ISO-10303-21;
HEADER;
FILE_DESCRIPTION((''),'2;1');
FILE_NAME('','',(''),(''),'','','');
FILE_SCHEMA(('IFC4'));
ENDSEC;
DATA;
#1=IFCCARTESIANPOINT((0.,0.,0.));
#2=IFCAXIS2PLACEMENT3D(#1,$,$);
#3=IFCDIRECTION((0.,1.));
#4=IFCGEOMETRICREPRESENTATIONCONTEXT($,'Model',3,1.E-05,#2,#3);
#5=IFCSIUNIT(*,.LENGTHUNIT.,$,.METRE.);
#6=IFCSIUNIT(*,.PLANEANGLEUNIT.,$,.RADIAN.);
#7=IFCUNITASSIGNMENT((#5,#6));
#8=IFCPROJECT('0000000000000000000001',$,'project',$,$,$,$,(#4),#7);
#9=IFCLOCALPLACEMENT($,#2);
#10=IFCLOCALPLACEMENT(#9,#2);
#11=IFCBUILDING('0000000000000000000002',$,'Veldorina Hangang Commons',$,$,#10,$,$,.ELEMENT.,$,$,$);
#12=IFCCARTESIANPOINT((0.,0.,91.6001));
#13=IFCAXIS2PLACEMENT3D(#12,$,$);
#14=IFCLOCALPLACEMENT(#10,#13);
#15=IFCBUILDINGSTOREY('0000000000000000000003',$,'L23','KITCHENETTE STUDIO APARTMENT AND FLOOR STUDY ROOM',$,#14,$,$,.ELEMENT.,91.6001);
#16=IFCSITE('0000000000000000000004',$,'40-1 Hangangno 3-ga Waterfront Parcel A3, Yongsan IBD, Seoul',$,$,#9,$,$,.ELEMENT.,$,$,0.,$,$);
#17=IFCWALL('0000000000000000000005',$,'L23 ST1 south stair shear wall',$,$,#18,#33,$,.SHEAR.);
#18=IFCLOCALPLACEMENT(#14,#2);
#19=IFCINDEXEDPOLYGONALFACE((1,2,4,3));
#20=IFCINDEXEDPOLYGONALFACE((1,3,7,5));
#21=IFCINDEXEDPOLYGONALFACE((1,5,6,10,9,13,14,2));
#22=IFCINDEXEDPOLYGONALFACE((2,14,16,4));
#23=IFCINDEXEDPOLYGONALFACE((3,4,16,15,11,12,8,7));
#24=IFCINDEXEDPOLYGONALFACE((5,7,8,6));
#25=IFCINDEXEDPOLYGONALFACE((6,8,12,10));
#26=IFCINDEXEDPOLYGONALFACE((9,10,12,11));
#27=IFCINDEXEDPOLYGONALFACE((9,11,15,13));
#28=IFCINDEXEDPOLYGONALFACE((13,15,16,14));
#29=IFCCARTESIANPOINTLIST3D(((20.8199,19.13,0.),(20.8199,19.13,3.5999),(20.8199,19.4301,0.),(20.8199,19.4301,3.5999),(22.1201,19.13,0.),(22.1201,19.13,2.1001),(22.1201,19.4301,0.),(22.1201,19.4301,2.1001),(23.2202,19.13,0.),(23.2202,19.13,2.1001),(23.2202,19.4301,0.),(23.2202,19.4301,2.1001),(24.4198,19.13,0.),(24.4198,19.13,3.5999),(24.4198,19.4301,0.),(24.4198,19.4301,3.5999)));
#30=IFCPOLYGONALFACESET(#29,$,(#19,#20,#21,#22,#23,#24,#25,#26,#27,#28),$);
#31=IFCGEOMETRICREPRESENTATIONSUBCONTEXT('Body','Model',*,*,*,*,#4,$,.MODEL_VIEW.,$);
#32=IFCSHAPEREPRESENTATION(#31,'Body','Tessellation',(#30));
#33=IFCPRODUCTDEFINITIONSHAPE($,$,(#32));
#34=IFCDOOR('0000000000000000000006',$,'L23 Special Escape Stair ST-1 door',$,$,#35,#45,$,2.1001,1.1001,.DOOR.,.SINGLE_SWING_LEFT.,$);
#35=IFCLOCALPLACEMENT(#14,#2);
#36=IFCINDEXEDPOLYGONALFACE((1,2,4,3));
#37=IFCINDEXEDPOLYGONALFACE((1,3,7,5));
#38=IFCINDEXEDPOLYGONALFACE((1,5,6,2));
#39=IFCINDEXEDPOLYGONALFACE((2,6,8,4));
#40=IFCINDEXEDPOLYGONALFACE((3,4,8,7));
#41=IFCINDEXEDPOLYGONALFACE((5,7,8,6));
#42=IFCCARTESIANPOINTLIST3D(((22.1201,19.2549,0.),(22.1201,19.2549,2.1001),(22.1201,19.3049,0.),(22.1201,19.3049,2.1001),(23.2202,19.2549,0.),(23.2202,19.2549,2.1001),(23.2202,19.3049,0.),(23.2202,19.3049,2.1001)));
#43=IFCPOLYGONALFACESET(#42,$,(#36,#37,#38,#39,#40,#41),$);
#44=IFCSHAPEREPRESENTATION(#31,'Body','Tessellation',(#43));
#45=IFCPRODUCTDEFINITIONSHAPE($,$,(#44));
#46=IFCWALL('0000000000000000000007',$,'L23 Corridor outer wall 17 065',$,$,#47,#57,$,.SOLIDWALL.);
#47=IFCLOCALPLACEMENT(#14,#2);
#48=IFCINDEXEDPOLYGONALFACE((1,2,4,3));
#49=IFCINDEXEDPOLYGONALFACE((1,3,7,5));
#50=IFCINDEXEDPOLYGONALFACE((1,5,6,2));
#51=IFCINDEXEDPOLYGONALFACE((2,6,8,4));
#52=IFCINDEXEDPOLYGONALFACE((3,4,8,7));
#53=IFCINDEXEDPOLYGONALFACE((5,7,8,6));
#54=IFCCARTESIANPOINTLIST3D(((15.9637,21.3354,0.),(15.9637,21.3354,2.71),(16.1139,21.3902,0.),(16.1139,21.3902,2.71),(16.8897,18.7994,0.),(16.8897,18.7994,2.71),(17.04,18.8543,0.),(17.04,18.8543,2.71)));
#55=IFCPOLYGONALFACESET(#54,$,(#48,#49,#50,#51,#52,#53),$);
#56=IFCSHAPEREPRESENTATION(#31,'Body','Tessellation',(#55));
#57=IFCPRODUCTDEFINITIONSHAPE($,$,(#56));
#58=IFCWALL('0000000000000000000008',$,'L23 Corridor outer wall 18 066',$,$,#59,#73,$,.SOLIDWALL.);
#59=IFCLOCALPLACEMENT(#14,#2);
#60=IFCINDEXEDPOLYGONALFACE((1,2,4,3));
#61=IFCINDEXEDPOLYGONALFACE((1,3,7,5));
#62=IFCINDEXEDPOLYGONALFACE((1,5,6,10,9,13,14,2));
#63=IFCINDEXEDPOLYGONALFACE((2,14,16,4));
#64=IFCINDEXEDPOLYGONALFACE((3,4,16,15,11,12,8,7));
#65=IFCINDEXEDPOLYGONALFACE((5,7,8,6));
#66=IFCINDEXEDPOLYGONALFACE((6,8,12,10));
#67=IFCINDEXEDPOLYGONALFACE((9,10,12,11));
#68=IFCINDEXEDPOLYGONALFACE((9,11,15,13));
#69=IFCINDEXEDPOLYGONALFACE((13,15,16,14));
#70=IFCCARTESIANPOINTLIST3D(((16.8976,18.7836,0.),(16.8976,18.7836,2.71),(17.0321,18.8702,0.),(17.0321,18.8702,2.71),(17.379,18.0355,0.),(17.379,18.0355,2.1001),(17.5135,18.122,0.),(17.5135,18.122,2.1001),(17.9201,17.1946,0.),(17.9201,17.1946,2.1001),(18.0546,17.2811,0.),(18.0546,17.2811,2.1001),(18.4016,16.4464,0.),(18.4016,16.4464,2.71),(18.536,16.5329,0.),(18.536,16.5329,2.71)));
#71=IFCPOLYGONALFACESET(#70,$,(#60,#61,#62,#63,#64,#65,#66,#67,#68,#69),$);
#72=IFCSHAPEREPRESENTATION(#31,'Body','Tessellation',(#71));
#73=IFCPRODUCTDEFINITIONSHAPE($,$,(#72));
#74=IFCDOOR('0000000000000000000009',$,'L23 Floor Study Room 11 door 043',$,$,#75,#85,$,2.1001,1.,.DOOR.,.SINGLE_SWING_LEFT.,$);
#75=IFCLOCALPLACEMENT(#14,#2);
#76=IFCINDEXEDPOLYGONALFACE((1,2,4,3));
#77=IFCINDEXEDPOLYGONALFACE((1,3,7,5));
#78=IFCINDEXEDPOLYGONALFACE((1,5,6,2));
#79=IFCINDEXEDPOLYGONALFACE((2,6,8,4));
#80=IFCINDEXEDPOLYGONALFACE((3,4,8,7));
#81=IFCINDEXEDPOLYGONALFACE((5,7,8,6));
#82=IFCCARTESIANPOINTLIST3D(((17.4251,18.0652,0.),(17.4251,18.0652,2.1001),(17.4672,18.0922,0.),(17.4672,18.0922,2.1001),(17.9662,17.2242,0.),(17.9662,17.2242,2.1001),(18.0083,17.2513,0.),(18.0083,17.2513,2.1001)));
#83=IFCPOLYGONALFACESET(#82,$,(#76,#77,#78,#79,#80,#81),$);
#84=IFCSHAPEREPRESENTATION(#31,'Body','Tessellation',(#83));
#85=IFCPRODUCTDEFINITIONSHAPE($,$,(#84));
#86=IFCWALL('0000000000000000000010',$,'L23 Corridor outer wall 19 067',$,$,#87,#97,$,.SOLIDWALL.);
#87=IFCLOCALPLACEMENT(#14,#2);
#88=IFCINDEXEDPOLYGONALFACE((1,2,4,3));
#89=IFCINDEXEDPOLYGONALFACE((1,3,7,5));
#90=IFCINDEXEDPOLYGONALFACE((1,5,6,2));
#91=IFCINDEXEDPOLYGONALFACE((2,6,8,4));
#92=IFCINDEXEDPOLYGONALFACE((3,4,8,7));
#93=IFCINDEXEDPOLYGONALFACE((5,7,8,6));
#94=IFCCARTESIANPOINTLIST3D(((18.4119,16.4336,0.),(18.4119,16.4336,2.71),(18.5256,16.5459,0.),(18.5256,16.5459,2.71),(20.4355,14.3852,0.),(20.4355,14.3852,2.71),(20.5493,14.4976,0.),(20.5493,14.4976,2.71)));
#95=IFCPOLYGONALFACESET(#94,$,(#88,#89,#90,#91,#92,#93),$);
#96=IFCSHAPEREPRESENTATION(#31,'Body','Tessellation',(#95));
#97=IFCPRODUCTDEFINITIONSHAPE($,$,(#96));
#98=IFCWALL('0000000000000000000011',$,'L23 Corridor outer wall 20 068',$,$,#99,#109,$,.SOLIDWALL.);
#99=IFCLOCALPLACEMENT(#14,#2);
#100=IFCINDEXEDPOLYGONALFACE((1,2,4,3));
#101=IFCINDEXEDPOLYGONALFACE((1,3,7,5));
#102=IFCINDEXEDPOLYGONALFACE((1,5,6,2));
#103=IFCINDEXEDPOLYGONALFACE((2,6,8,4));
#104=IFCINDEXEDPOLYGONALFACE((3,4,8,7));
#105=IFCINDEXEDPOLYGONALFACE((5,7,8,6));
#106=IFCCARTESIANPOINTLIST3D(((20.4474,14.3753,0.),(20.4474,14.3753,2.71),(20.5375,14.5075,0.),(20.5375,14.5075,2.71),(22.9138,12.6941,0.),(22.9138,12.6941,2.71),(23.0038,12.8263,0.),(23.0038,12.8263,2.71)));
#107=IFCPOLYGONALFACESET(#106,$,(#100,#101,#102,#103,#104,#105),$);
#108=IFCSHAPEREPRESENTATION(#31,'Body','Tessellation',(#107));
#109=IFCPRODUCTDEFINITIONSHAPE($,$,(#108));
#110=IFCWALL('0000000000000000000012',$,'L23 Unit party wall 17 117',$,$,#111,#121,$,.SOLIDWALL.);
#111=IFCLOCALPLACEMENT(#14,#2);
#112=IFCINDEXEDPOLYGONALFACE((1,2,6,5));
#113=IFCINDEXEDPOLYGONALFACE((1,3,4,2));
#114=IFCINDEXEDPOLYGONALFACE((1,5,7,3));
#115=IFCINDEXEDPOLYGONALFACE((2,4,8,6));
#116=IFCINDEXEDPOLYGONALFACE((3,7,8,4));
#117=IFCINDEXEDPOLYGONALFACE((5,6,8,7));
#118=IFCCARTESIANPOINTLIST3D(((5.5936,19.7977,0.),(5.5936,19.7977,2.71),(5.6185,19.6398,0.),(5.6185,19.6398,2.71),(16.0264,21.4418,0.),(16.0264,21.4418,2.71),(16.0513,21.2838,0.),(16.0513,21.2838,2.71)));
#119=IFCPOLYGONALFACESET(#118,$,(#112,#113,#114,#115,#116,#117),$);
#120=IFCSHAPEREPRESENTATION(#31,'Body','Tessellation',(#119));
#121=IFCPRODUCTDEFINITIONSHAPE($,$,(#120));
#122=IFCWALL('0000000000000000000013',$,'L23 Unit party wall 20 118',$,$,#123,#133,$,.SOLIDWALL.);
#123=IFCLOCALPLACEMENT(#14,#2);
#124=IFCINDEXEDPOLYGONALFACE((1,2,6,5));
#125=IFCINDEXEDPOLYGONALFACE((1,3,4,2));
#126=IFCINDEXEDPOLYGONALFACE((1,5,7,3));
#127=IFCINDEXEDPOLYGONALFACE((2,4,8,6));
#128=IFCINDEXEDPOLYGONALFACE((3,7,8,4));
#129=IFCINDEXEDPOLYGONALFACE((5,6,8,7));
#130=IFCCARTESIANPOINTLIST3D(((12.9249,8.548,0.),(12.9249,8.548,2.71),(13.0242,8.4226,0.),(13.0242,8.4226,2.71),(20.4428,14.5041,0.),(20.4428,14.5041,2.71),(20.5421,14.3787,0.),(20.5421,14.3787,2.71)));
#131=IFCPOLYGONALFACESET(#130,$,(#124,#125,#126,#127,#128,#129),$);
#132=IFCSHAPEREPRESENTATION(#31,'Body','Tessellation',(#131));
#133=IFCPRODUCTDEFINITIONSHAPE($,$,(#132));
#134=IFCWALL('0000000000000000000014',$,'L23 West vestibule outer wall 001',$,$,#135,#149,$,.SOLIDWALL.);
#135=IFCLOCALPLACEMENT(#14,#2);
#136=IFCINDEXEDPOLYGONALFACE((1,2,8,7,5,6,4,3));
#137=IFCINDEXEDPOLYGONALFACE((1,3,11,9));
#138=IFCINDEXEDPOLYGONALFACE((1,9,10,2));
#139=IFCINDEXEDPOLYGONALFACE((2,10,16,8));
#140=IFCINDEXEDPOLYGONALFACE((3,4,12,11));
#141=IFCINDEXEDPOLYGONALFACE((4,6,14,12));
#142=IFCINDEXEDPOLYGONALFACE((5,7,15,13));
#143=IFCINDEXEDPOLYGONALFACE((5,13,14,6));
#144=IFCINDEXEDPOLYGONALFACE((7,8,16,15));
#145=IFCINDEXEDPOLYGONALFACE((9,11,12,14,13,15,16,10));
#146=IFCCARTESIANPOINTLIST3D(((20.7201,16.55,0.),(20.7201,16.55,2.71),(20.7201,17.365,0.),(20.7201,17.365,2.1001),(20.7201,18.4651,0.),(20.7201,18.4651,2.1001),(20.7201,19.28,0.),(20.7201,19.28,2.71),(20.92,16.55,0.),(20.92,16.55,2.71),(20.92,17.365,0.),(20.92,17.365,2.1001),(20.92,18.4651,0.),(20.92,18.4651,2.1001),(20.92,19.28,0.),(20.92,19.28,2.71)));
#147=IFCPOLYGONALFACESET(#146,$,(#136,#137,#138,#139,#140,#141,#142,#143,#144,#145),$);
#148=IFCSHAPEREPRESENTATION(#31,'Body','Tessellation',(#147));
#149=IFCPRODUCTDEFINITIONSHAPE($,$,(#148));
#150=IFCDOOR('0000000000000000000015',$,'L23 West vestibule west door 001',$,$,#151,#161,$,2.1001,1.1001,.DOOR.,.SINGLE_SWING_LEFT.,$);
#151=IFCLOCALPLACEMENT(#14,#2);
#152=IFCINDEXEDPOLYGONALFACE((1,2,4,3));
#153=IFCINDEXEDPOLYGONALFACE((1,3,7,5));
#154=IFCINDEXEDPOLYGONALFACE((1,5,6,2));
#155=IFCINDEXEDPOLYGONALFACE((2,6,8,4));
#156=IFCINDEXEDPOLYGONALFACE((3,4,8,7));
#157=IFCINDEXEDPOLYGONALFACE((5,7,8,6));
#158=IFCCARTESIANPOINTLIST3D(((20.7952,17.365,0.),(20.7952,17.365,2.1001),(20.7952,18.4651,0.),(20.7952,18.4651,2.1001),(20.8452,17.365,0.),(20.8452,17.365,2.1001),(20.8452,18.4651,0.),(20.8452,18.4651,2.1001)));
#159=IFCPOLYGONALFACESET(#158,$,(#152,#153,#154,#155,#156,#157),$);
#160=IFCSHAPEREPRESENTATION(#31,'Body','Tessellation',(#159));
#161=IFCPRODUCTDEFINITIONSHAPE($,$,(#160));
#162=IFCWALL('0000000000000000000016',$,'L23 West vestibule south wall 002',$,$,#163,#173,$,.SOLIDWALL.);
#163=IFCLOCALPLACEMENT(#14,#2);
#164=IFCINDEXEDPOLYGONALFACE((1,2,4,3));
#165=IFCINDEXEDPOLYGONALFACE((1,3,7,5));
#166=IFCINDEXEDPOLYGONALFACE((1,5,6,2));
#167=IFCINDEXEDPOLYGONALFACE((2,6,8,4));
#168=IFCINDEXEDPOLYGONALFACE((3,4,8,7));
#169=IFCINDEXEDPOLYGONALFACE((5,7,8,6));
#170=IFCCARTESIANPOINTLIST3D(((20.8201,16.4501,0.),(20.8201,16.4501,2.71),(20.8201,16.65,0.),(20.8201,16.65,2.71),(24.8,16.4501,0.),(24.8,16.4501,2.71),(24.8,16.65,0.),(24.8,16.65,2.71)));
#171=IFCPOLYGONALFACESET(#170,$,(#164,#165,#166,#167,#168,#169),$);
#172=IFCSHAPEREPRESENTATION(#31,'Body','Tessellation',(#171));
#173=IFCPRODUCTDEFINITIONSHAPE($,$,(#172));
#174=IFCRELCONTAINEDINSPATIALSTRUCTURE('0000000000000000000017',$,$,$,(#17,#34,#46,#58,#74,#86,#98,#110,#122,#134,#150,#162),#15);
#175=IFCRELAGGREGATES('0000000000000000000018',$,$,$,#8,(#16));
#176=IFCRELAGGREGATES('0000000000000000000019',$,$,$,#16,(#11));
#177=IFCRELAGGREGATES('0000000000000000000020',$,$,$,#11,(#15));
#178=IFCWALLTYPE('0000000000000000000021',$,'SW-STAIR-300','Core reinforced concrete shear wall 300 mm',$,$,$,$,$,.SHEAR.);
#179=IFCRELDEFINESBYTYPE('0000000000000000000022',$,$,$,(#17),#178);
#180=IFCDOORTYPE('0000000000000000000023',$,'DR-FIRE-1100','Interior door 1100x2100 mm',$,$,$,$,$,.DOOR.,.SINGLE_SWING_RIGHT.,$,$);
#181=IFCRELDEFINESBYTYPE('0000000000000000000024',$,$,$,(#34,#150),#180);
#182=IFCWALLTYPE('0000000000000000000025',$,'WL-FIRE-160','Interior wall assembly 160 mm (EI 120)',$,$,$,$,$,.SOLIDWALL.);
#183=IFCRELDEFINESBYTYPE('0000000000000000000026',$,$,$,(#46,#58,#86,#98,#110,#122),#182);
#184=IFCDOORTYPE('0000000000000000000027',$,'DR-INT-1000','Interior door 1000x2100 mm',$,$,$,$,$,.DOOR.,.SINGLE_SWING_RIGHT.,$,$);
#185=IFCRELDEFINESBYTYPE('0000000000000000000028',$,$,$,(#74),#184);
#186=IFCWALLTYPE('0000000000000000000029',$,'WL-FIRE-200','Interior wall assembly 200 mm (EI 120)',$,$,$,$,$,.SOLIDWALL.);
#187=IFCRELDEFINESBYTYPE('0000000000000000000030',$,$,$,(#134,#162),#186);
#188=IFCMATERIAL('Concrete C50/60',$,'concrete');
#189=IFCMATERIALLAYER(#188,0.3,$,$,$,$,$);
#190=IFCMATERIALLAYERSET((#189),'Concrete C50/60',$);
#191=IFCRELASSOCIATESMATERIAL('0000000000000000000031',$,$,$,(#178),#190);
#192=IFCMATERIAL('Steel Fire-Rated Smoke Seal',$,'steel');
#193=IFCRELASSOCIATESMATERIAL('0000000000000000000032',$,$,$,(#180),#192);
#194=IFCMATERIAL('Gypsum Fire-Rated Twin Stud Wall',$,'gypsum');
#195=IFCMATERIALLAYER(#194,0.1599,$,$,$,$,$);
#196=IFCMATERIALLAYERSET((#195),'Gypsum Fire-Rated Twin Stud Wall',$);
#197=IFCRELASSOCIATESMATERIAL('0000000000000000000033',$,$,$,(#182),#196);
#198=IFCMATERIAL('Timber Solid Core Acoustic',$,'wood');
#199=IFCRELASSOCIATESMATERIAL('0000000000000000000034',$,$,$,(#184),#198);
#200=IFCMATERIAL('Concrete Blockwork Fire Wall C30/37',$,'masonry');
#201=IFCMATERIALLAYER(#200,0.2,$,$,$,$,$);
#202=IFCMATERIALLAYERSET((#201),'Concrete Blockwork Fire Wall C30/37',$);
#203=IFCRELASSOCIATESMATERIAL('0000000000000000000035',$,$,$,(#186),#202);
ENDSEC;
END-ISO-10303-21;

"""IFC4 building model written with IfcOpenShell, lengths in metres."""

from ifc_helpers import new_model, si_unit, direction, frame, frame_2d, origin, place, context, subcontext, project, spatial, rectangle, extrude, material, layer, layer_set, type_object, element, fill, save


model = new_model("IFC4")

# Units and contexts
model_context = context("Model", 3, precision=1e-05, world=origin(), true_north=direction((0.0, 1.0)))
body_context = subcontext(model_context, "Body", "Model", "MODEL_VIEW")
ifc_project = project(units=[si_unit("LENGTHUNIT", "METRE"), si_unit("PLANEANGLEUNIT", "RADIAN")], contexts=[model_context])

# Site, building, storey
site_placement = place(None, origin())
site = spatial("IfcSite", under=ifc_project, at=site_placement, Name="40-1 Hangangno 3-ga Waterfront Parcel A3, Yongsan IBD, Seoul", CompositionType="ELEMENT", RefElevation=0.0)
building_placement = place(site_placement, origin())
building = spatial("IfcBuilding", under=site, at=building_placement, Name="Veldorina Hangang Commons", CompositionType="ELEMENT")
storey_placement = place(building_placement, frame((0.0, 0.0, 91.6001)))
storey = spatial("IfcBuildingStorey", under=building, at=storey_placement, Name="L23", Description="KITCHENETTE STUDIO APARTMENT AND FLOOR STUDY ROOM", CompositionType="ELEMENT", Elevation=91.6001)

# Shared definitions
ifc_material_1 = material(Name="Concrete C50/60", Category="concrete")
ifc_layer_1 = layer(ifc_material_1, 0.3)
ifc_layer_set_1 = layer_set([ifc_layer_1], Name="Concrete C50/60")
wall_type_1 = type_object("IfcWallType", Name="SW-STAIR-300", Description="Core reinforced concrete shear wall 300 mm", PredefinedType="SHEAR", material=ifc_layer_set_1)

# Wall, opening, door
wall_1_placement = place(storey_placement, frame((20.8201, 19.28, 0.0), z_axis=(0.0, 0.0, 1.0), x_axis=(1.0, 0.0, 0.0)))
wall_1 = element("IfcWall", 1, at=wall_1_placement, inside=storey, type_object=wall_type_1, Name="L23 ST1 south stair shear wall", PredefinedType="SHEAR", context=body_context, shape_type="SweptSolid", body=[
    extrude(rectangle(XDim=3.5999, YDim=0.3, at=frame_2d((1.7998, 0.0))), origin(), (0.0, 0.0, 1.0), 3.5999),
])
opening_1_placement = place(wall_1_placement, frame((1.3, 0.0, 0.0)))
opening_1 = element("IfcOpeningElement", 2, at=opening_1_placement, cuts=wall_1, PredefinedType="OPENING", context=body_context, shape_type="SweptSolid", body=[
    extrude(rectangle(XDim=1.1001, YDim=2.1001, at=frame_2d((0.55, 1.05))), frame((0.0, 0.1602, 0.0), z_axis=(0.0, -1.0, 0.0), x_axis=(1.0, 0.0, 0.0)), (0.0, 0.0, 1.0), 0.3201),
])
ifc_material_2 = material(Name="Steel Fire-Rated Smoke Seal", Category="steel")
door_type_1 = type_object("IfcDoorType", Name="DR-FIRE-1100", Description="Interior door 1100x2100 mm", OperationType="SINGLE_SWING_RIGHT", PredefinedType="DOOR", material=ifc_material_2)
door_1_placement = place(opening_1_placement, origin())
door_1 = element("IfcDoor", 3, at=door_1_placement, inside=storey, type_object=door_type_1, Name="L23 Special Escape Stair ST-1 door", OperationType="SINGLE_SWING_LEFT", OverallHeight=2.1001, OverallWidth=1.1001, PredefinedType="DOOR", context=body_context, shape_type="SweptSolid", body=[
    extrude(rectangle(XDim=1.1001, YDim=2.1001, at=frame_2d((0.55, 1.05))), frame((0.0, 0.0249, 0.0), z_axis=(0.0, -1.0, 0.0), x_axis=(1.0, 0.0, 0.0)), (0.0, 0.0, 1.0), 0.05),
])
fill(opening_1, door_1)

# Wall
ifc_material_3 = material(Name="Gypsum Fire-Rated Twin Stud Wall", Category="gypsum")
ifc_layer_2 = layer(ifc_material_3, 0.1599)
ifc_layer_set_2 = layer_set([ifc_layer_2], Name="Gypsum Fire-Rated Twin Stud Wall")
wall_type_2 = type_object("IfcWallType", Name="WL-FIRE-160", Description="Interior wall assembly 160 mm (EI 120)", PredefinedType="SOLIDWALL", material=ifc_layer_set_2)
wall_2_placement = place(storey_placement, frame((16.0388, 21.3628, 0.0), z_axis=(0.0, 0.0, 1.0), x_axis=(0.343013, -0.93933, 0.0)))
element("IfcWall", 4, at=wall_2_placement, inside=storey, type_object=wall_type_2, Name="L23 Corridor outer wall 17 065", PredefinedType="SOLIDWALL", context=body_context, shape_type="SweptSolid", body=[
    extrude(rectangle(XDim=2.6997, YDim=0.1599, at=frame_2d((1.3499, 0.0))), origin(), (0.0, 0.0, 1.0), 2.71),
])

# Wall, opening, door
wall_3_placement = place(storey_placement, frame((16.9648, 18.8269, 0.0), z_axis=(0.0, 0.0, 1.0), x_axis=(0.541126, -0.840941, 0.0)))
wall_3 = element("IfcWall", 5, at=wall_3_placement, inside=storey, type_object=wall_type_2, Name="L23 Corridor outer wall 18 066", PredefinedType="SOLIDWALL", context=body_context, shape_type="SweptSolid", body=[
    extrude(rectangle(XDim=2.7793, YDim=0.1599, at=frame_2d((1.3896, 0.0))), origin(), (0.0, 0.0, 1.0), 2.71),
])
opening_2_placement = place(wall_3_placement, frame((0.8896, 0.0, 0.0)))
opening_2 = element("IfcOpeningElement", 6, at=opening_2_placement, cuts=wall_3, PredefinedType="OPENING", context=body_context, shape_type="SweptSolid", body=[
    extrude(rectangle(XDim=1.0, YDim=2.1001, at=frame_2d((0.5, 1.05))), frame((0.0, 0.0898, 0.0), z_axis=(0.0, -1.0, 0.0), x_axis=(1.0, 0.0, 0.0)), (0.0, 0.0, 1.0), 0.1799),
])
ifc_material_4 = material(Name="Timber Solid Core Acoustic", Category="wood")
door_type_2 = type_object("IfcDoorType", Name="DR-INT-1000", Description="Interior door 1000x2100 mm", OperationType="SINGLE_SWING_RIGHT", PredefinedType="DOOR", material=ifc_material_4)
door_2_placement = place(opening_2_placement, origin())
door_2 = element("IfcDoor", 7, at=door_2_placement, inside=storey, type_object=door_type_2, Name="L23 Floor Study Room 11 door 043", OperationType="SINGLE_SWING_LEFT", OverallHeight=2.1001, OverallWidth=1.0, PredefinedType="DOOR", context=body_context, shape_type="SweptSolid", body=[
    extrude(rectangle(XDim=1.0, YDim=2.1001, at=frame_2d((0.5, 1.05))), frame((0.0, 0.0249, 0.0), z_axis=(0.0, -1.0, 0.0), x_axis=(1.0, 0.0, 0.0)), (0.0, 0.0, 1.0), 0.05),
])
fill(opening_2, door_2)

# Walls
wall_4_placement = place(storey_placement, frame((18.4688, 16.4897, 0.0), z_axis=(0.0, 0.0, 1.0), x_axis=(0.702812, -0.711376, 0.0)))
element("IfcWall", 8, at=wall_4_placement, inside=storey, type_object=wall_type_2, Name="L23 Corridor outer wall 19 067", PredefinedType="SOLIDWALL", context=body_context, shape_type="SweptSolid", body=[
    extrude(rectangle(XDim=2.8794, YDim=0.1599, at=frame_2d((1.4397, 0.0))), origin(), (0.0, 0.0, 1.0), 2.71),
])
wall_5_placement = place(storey_placement, frame((20.4924, 14.4414, 0.0), z_axis=(0.0, 0.0, 1.0), x_axis=(0.826293, -0.56324, 0.0)))
element("IfcWall", 9, at=wall_5_placement, inside=storey, type_object=wall_type_2, Name="L23 Corridor outer wall 20 068", PredefinedType="SOLIDWALL", context=body_context, shape_type="SweptSolid", body=[
    extrude(rectangle(XDim=2.9849, YDim=0.1599, at=frame_2d((1.4924, 0.0))), origin(), (0.0, 0.0, 1.0), 2.71),
])
wall_6_placement = place(storey_placement, frame((16.0388, 21.3628, 0.0), z_axis=(0.0, 0.0, 1.0), x_axis=(-0.98781, -0.155662, 0.0)))
element("IfcWall", 10, at=wall_6_placement, inside=storey, type_object=wall_type_2, Name="L23 Unit party wall 17 117", PredefinedType="SOLIDWALL", context=body_context, shape_type="SweptSolid", body=[
    extrude(rectangle(XDim=10.5615, YDim=0.1599, at=frame_2d((5.2808, 0.0))), origin(), (0.0, 0.0, 1.0), 2.71),
])
wall_7_placement = place(storey_placement, frame((20.4924, 14.4414, 0.0), z_axis=(0.0, 0.0, 1.0), x_axis=(-0.78382, -0.620988, 0.0)))
element("IfcWall", 11, at=wall_7_placement, inside=storey, type_object=wall_type_2, Name="L23 Unit party wall 20 118", PredefinedType="SOLIDWALL", context=body_context, shape_type="SweptSolid", body=[
    extrude(rectangle(XDim=9.5913, YDim=0.1599, at=frame_2d((4.7957, 0.0))), origin(), (0.0, 0.0, 1.0), 2.71),
])

# Wall, opening, door
ifc_material_5 = material(Name="Concrete Blockwork Fire Wall C30/37", Category="masonry")
ifc_layer_3 = layer(ifc_material_5, 0.2)
ifc_layer_set_3 = layer_set([ifc_layer_3], Name="Concrete Blockwork Fire Wall C30/37")
wall_type_3 = type_object("IfcWallType", Name="WL-FIRE-200", Description="Interior wall assembly 200 mm (EI 120)", PredefinedType="SOLIDWALL", material=ifc_layer_set_3)
wall_8_placement = place(storey_placement, frame((20.8201, 16.55, 0.0), z_axis=(0.0, 0.0, 1.0), x_axis=(0.0, 1.0, 0.0)))
wall_8 = element("IfcWall", 12, at=wall_8_placement, inside=storey, type_object=wall_type_3, Name="L23 West vestibule outer wall 001", PredefinedType="SOLIDWALL", context=body_context, shape_type="SweptSolid", body=[
    extrude(rectangle(XDim=2.73, YDim=0.2, at=frame_2d((1.365, 0.0))), origin(), (0.0, 0.0, 1.0), 2.71),
])
opening_3_placement = place(wall_8_placement, frame((0.8149, 0.0, 0.0)))
opening_3 = element("IfcOpeningElement", 13, at=opening_3_placement, cuts=wall_8, PredefinedType="OPENING", context=body_context, shape_type="SweptSolid", body=[
    extrude(rectangle(XDim=1.1001, YDim=2.1001, at=frame_2d((0.55, 1.05))), frame((0.0, 0.1099, 0.0), z_axis=(0.0, -1.0, 0.0), x_axis=(1.0, 0.0, 0.0)), (0.0, 0.0, 1.0), 0.22),
])
door_3_placement = place(opening_3_placement, origin())
door_3 = element("IfcDoor", 14, at=door_3_placement, inside=storey, type_object=door_type_1, Name="L23 West vestibule west door 001", OperationType="SINGLE_SWING_LEFT", OverallHeight=2.1001, OverallWidth=1.1001, PredefinedType="DOOR", context=body_context, shape_type="SweptSolid", body=[
    extrude(rectangle(XDim=1.1001, YDim=2.1001, at=frame_2d((0.55, 1.05))), frame((0.0, 0.0249, 0.0), z_axis=(0.0, -1.0, 0.0), x_axis=(1.0, 0.0, 0.0)), (0.0, 0.0, 1.0), 0.05),
])
fill(opening_3, door_3)

# Wall
wall_9_placement = place(storey_placement, frame((20.8201, 16.55, 0.0), z_axis=(0.0, 0.0, 1.0), x_axis=(1.0, 0.0, 0.0)))
element("IfcWall", 15, at=wall_9_placement, inside=storey, type_object=wall_type_3, Name="L23 West vestibule south wall 002", PredefinedType="SOLIDWALL", context=body_context, shape_type="SweptSolid", body=[
    extrude(rectangle(XDim=3.98, YDim=0.2, at=frame_2d((1.99, 0.0))), origin(), (0.0, 0.0, 1.0), 2.71),
])

save(model, "model.ifc")
